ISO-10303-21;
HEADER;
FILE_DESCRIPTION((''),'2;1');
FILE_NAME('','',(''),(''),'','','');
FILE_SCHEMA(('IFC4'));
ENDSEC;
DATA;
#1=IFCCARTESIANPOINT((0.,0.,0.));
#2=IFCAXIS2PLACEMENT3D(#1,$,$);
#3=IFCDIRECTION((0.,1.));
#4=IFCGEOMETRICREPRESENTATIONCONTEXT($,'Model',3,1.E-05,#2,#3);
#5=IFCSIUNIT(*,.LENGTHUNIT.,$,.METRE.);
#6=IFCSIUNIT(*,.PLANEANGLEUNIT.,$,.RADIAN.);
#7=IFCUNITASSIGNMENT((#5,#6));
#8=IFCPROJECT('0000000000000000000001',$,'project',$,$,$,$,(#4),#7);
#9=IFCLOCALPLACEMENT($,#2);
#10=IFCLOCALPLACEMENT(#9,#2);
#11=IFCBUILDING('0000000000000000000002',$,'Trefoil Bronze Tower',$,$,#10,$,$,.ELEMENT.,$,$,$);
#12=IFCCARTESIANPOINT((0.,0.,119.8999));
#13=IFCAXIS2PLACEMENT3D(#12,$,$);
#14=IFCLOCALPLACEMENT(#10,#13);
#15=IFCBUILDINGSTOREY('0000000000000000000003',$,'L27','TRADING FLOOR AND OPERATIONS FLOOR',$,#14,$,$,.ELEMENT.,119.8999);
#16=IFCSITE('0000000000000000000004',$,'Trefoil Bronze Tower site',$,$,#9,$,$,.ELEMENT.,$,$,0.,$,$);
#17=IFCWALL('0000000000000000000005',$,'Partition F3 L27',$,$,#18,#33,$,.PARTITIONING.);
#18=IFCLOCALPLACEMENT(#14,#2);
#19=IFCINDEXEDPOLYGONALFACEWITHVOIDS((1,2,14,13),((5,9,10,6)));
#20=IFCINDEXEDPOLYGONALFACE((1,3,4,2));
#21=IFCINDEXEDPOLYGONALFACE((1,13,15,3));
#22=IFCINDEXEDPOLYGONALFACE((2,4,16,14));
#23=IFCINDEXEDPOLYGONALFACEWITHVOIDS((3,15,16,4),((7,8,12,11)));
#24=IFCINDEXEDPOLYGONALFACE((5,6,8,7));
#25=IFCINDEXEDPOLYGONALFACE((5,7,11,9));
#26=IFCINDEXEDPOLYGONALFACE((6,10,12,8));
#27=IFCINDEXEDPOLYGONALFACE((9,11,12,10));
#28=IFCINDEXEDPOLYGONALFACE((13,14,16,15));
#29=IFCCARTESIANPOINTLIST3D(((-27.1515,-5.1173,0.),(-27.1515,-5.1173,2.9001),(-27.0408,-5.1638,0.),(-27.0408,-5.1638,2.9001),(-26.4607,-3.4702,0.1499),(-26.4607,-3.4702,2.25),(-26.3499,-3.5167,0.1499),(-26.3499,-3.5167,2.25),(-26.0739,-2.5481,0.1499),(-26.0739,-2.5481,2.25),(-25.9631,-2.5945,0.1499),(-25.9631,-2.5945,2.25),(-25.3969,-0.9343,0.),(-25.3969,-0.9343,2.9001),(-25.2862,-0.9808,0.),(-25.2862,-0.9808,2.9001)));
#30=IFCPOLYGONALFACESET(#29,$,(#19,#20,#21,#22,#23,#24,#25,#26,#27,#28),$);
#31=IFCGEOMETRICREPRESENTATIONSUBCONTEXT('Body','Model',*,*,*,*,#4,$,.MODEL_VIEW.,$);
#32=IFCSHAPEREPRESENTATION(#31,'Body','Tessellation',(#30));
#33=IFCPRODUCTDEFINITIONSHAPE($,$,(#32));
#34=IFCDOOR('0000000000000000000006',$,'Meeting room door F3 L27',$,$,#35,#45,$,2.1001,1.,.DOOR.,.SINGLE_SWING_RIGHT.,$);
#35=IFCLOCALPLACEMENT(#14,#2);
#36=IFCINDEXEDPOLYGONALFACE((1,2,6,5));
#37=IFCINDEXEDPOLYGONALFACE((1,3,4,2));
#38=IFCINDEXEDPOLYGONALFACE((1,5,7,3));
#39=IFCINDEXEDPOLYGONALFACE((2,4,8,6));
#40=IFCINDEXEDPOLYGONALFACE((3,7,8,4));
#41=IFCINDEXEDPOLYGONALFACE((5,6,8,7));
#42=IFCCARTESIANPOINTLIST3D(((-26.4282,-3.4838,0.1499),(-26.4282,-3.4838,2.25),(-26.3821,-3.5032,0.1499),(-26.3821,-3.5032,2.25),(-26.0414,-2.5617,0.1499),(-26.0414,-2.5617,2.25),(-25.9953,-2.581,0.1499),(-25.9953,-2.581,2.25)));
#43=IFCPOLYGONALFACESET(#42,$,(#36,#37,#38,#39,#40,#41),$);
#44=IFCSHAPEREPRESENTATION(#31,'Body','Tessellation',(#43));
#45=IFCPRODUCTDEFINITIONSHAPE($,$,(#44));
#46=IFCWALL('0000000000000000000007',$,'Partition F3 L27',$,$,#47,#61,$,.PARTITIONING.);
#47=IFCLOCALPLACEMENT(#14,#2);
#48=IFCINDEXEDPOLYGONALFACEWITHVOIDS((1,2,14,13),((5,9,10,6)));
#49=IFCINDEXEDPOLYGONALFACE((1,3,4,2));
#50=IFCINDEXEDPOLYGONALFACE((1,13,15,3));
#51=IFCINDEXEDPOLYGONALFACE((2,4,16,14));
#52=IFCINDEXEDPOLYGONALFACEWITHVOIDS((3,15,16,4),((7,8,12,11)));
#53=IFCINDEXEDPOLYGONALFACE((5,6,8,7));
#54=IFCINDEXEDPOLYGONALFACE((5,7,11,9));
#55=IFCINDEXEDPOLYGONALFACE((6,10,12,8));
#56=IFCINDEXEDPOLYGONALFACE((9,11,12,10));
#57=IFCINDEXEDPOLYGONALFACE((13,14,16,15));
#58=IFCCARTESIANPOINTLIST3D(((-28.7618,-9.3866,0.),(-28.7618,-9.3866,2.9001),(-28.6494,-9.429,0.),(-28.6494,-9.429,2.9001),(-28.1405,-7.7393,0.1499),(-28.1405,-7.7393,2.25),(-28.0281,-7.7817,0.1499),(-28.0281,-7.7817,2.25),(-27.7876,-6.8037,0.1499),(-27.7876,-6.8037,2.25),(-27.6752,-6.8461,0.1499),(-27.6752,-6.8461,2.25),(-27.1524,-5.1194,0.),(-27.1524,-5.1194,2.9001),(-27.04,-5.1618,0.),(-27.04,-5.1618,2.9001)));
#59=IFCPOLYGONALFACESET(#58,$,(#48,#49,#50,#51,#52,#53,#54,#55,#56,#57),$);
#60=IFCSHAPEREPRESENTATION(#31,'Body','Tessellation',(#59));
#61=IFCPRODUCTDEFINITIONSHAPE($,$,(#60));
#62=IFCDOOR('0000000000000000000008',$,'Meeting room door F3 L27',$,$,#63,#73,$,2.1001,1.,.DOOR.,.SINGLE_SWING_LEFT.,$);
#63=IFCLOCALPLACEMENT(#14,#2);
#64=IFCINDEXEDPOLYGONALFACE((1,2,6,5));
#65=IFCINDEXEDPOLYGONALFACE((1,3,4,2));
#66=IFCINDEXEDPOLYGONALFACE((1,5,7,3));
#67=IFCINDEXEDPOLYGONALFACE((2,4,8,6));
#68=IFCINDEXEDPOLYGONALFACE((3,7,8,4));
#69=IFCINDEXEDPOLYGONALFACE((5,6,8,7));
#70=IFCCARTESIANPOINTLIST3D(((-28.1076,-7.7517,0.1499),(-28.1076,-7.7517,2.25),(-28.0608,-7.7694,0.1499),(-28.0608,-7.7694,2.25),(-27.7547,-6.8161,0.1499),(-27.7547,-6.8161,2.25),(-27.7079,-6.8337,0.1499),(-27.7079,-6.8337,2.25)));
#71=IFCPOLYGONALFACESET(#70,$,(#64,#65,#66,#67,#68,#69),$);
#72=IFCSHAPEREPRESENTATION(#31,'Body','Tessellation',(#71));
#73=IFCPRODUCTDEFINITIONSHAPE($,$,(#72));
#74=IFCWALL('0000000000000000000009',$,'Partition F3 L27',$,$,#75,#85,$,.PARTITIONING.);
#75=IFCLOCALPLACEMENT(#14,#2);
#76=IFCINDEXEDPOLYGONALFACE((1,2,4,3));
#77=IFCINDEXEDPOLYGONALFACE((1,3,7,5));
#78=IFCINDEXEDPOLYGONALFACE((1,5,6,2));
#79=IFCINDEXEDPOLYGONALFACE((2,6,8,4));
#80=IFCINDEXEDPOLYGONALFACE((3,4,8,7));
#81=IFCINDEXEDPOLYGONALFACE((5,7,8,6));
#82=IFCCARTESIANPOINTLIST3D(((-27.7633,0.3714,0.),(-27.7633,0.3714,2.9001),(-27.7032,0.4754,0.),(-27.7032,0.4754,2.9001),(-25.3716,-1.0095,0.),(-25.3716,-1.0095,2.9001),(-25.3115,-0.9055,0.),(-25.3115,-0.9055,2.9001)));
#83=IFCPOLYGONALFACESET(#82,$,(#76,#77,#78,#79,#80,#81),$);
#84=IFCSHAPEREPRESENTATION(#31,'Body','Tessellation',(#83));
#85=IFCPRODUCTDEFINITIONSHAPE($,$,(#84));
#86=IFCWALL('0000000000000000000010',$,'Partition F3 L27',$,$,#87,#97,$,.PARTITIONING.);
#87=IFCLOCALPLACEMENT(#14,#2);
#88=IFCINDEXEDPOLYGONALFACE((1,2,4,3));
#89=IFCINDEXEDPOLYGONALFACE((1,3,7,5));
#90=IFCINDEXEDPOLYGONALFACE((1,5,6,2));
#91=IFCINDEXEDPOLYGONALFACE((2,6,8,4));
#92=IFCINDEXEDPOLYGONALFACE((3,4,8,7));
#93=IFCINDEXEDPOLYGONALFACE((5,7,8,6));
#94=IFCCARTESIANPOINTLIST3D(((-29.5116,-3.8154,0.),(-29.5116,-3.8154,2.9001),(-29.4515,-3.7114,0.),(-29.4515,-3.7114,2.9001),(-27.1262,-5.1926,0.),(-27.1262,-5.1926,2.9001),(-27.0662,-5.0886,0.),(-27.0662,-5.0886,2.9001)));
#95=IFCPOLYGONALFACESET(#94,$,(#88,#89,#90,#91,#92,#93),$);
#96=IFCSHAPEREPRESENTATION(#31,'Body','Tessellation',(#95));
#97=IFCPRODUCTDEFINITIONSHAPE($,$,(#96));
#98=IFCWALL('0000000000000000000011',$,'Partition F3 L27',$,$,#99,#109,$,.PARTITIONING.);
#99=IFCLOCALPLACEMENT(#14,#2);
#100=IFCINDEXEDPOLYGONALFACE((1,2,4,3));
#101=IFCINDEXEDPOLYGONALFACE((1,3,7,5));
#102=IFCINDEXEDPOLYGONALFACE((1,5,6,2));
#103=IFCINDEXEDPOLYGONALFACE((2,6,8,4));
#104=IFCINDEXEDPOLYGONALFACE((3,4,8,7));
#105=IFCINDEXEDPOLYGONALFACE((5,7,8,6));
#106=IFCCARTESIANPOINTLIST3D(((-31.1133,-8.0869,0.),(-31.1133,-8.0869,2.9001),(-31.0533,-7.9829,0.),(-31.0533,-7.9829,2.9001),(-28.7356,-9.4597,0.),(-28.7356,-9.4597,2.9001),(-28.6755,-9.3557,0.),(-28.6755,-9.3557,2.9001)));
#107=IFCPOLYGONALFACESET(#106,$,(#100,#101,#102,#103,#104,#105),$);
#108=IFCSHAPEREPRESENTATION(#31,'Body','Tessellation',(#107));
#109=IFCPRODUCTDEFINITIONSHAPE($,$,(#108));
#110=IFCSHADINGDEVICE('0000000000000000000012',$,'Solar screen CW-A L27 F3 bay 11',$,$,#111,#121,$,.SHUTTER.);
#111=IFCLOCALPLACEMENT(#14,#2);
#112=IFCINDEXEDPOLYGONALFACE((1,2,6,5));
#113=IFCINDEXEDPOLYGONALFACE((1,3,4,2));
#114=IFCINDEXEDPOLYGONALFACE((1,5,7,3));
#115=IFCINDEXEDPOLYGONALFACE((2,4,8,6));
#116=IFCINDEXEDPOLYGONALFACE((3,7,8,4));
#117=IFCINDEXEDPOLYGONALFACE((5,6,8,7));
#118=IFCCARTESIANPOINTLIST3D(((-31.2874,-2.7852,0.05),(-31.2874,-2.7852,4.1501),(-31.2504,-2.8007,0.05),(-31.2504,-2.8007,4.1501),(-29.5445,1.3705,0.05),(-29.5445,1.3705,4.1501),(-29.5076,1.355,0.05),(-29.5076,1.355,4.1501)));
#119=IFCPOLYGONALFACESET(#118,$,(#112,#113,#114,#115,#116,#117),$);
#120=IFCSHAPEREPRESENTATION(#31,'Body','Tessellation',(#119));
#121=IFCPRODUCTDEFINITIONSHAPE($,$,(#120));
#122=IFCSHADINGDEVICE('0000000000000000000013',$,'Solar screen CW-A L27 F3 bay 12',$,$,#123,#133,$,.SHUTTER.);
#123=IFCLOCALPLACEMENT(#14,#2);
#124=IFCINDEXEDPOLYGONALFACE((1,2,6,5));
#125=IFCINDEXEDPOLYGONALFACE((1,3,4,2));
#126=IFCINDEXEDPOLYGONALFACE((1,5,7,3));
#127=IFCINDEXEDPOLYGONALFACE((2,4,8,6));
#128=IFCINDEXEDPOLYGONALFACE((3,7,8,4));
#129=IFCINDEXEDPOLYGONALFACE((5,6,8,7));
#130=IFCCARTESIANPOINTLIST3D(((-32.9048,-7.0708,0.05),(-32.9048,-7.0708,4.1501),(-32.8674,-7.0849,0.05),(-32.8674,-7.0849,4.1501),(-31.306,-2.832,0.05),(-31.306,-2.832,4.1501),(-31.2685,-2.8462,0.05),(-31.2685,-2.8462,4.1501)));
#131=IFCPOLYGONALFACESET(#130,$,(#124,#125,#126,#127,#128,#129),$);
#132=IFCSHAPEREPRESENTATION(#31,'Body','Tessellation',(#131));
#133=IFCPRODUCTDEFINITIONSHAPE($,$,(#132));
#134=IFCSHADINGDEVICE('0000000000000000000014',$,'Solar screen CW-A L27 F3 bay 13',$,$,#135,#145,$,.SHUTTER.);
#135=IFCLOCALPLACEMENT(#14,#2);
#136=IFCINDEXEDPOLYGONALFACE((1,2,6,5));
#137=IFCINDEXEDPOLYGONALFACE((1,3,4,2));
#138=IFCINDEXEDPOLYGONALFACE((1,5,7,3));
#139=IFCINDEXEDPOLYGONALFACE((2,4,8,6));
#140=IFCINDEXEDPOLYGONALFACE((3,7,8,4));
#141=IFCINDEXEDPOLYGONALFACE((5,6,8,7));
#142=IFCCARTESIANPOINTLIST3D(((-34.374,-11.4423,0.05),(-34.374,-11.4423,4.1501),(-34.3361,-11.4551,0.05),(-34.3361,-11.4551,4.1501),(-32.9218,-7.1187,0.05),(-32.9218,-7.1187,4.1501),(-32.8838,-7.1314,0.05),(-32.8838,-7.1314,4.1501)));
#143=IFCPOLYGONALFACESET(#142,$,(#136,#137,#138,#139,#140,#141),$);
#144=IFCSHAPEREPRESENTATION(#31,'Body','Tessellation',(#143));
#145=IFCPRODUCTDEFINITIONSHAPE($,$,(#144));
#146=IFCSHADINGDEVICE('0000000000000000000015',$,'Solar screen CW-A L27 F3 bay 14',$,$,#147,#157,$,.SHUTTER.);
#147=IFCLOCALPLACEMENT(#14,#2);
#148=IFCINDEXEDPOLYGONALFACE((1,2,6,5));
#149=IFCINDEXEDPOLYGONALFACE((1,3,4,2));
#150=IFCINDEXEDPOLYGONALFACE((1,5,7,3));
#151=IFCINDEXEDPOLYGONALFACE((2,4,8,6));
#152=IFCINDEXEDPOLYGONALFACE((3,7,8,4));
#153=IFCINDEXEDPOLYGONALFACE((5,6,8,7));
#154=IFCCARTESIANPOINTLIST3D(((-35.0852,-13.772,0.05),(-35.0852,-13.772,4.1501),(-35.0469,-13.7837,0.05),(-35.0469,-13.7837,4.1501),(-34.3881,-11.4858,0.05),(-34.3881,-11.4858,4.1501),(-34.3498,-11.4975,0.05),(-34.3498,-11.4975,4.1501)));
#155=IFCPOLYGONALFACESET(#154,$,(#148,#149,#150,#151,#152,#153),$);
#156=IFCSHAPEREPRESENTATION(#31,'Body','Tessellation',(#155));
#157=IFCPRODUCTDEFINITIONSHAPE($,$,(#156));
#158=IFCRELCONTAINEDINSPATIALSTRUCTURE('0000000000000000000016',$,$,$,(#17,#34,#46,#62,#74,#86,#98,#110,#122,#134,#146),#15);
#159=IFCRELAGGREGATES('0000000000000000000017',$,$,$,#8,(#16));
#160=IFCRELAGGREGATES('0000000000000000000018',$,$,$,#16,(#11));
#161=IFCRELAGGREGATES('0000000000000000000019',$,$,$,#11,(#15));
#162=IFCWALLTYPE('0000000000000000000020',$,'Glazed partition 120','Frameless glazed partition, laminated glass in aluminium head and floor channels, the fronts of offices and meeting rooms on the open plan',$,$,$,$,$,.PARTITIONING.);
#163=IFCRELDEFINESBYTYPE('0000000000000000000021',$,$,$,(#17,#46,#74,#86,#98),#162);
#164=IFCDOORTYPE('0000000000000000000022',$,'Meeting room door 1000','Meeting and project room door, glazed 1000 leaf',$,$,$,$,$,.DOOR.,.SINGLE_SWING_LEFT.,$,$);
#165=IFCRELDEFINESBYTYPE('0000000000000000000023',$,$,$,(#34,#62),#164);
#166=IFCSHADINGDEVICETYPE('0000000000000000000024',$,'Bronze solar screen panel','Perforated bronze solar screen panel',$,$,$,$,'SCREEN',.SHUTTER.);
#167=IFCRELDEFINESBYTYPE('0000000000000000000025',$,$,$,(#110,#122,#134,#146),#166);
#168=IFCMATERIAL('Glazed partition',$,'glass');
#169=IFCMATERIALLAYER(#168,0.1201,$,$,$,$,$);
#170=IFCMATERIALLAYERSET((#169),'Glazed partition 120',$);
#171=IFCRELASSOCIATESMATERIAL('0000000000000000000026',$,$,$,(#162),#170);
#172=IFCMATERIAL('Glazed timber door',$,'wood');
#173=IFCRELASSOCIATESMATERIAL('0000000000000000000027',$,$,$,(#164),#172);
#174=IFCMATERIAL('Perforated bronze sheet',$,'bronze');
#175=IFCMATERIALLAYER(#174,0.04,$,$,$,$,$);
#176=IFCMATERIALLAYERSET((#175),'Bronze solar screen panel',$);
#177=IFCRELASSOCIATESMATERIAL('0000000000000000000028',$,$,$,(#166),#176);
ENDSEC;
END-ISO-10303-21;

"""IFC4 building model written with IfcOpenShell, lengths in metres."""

from ifc_helpers import new_model, si_unit, direction, frame, frame_2d, origin, origin_2d, place, context, subcontext, project, spatial, rectangle, extrude, material, layer, layer_set, type_object, element, fill, save


model = new_model("IFC4")

# Units and contexts
model_context = context("Model", 3, precision=1e-05, world=origin(), true_north=direction((0.0, 1.0)))
body_context = subcontext(model_context, "Body", "Model", "MODEL_VIEW")
ifc_project = project(units=[si_unit("LENGTHUNIT", "METRE"), si_unit("PLANEANGLEUNIT", "RADIAN")], contexts=[model_context])

# Site, building, storey
site_placement = place(None, origin())
site = spatial("IfcSite", under=ifc_project, at=site_placement, Name="Trefoil Bronze Tower site", CompositionType="ELEMENT", RefElevation=0.0)
building_placement = place(site_placement, origin())
building = spatial("IfcBuilding", under=site, at=building_placement, Name="Trefoil Bronze Tower", CompositionType="ELEMENT")
storey_placement = place(building_placement, frame((0.0, 0.0, 119.8999)))
storey = spatial("IfcBuildingStorey", under=building, at=storey_placement, Name="L27", Description="TRADING FLOOR AND OPERATIONS FLOOR", CompositionType="ELEMENT", Elevation=119.8999)

# Shared definitions
ifc_material_1 = material(Name="Glazed partition", Category="glass")
ifc_layer_1 = layer(ifc_material_1, 0.1201)
ifc_layer_set_1 = layer_set([ifc_layer_1], Name="Glazed partition 120")
wall_type = type_object("IfcWallType", Name="Glazed partition 120", Description="Frameless glazed partition, laminated glass in aluminium head and floor channels, the fronts of offices and meeting rooms on the open plan", PredefinedType="PARTITIONING", material=ifc_layer_set_1)

# Walls, openings, doors
wall_1_placement = place(storey_placement, frame((-25.3416, -0.9575, 0.0), z_axis=(0.0, 0.0, 1.0), x_axis=(-0.386808, -0.92216, 0.0)))
wall_1 = element("IfcWall", 1, at=wall_1_placement, inside=storey, type_object=wall_type, Name="Partition F3 L27", PredefinedType="PARTITIONING", context=body_context, shape_type="SweptSolid", body=[
    extrude(rectangle(XDim=4.5361, YDim=0.1201, at=frame_2d((2.2681, 0.0))), origin(), (0.0, 0.0, 1.0), 2.9001),
])
opening_1_placement = place(wall_1_placement, frame((1.75, 0.0, 0.1499)))
opening_1 = element("IfcOpeningElement", 2, at=opening_1_placement, cuts=wall_1, PredefinedType="OPENING", context=body_context, shape_type="SweptSolid", body=[
    extrude(rectangle(XDim=1.0, YDim=2.1001, at=frame_2d((0.5, 1.05))), frame((0.0, 0.0701, 0.0), z_axis=(0.0, -1.0, 0.0), x_axis=(1.0, 0.0, 0.0)), (0.0, 0.0, 1.0), 0.1401),
])
ifc_material_2 = material(Name="Glazed timber door", Category="wood")
door_type_1 = type_object("IfcDoorType", Name="Meeting room door 1000", Description="Meeting and project room door, glazed 1000 leaf", OperationType="SINGLE_SWING_LEFT", PredefinedType="DOOR", material=ifc_material_2)
door_1_placement = place(opening_1_placement, frame((1.0, 0.0, 0.0), z_axis=(0.0, 0.0, 1.0), x_axis=(-1.0, 0.0, 0.0)))
door_1 = element("IfcDoor", 3, at=door_1_placement, inside=storey, type_object=door_type_1, Name="Meeting room door F3 L27", OperationType="SINGLE_SWING_RIGHT", OverallHeight=2.1001, OverallWidth=1.0, PredefinedType="DOOR", context=body_context, shape_type="SweptSolid", body=[
    extrude(rectangle(XDim=1.0, YDim=2.1001, at=frame_2d((0.5, 1.05))), frame((0.0, 0.0249, 0.0), z_axis=(0.0, -1.0, 0.0), x_axis=(1.0, 0.0, 0.0)), (0.0, 0.0, 1.0), 0.05),
])
fill(opening_1, door_1)
wall_2_placement = place(storey_placement, frame((-27.0962, -5.1406, 0.0), z_axis=(0.0, 0.0, 1.0), x_axis=(-0.352895, -0.935663, 0.0)))
wall_2 = element("IfcWall", 4, at=wall_2_placement, inside=storey, type_object=wall_type, Name="Partition F3 L27", PredefinedType="PARTITIONING", context=body_context, shape_type="SweptSolid", body=[
    extrude(rectangle(XDim=4.5605, YDim=0.1201, at=frame_2d((2.2803, 0.0))), origin(), (0.0, 0.0, 1.0), 2.9001),
])
opening_2_placement = place(wall_2_placement, frame((1.8, 0.0, 0.1499)))
opening_2 = element("IfcOpeningElement", 5, at=opening_2_placement, cuts=wall_2, PredefinedType="OPENING", context=body_context, shape_type="SweptSolid", body=[
    extrude(rectangle(XDim=1.0, YDim=2.1001, at=frame_2d((0.5, 1.05))), frame((0.0, 0.0701, 0.0), z_axis=(0.0, -1.0, 0.0), x_axis=(1.0, 0.0, 0.0)), (0.0, 0.0, 1.0), 0.1401),
])
door_2_placement = place(opening_2_placement, frame((1.0, 0.0, 0.0), z_axis=(0.0, 0.0, 1.0), x_axis=(-1.0, 0.0, 0.0)))
door_2 = element("IfcDoor", 6, at=door_2_placement, inside=storey, type_object=door_type_1, Name="Meeting room door F3 L27", OperationType="SINGLE_SWING_LEFT", OverallHeight=2.1001, OverallWidth=1.0, PredefinedType="DOOR", context=body_context, shape_type="SweptSolid", body=[
    extrude(rectangle(XDim=1.0, YDim=2.1001, at=frame_2d((0.5, 1.05))), frame((0.0, 0.0249, 0.0), z_axis=(0.0, -1.0, 0.0), x_axis=(1.0, 0.0, 0.0)), (0.0, 0.0, 1.0), 0.05),
])
fill(opening_2, door_2)

# Walls
wall_3_placement = place(storey_placement, frame((-25.3416, -0.9575, 0.0), z_axis=(0.0, 0.0, 1.0), x_axis=(-0.866015, 0.500018, 0.0)))
element("IfcWall", 7, at=wall_3_placement, inside=storey, type_object=wall_type, Name="Partition F3 L27", PredefinedType="PARTITIONING", context=body_context, shape_type="SweptSolid", body=[
    extrude(rectangle(XDim=2.7617, YDim=0.1201, at=frame_2d((1.3809, 0.0))), origin(), (0.0, 0.0, 1.0), 2.9001),
])
wall_4_placement = place(storey_placement, frame((-27.0962, -5.1406, 0.0), z_axis=(0.0, 0.0, 1.0), x_axis=(-0.866014, 0.500019, 0.0)))
element("IfcWall", 8, at=wall_4_placement, inside=storey, type_object=wall_type, Name="Partition F3 L27", PredefinedType="PARTITIONING", context=body_context, shape_type="SweptSolid", body=[
    extrude(rectangle(XDim=2.7544, YDim=0.1201, at=frame_2d((1.3772, 0.0))), origin(), (0.0, 0.0, 1.0), 2.9001),
])
wall_5_placement = place(storey_placement, frame((-28.7056, -9.4077, 0.0), z_axis=(0.0, 0.0, 1.0), x_axis=(-0.866018, 0.500012, 0.0)))
element("IfcWall", 9, at=wall_5_placement, inside=storey, type_object=wall_type, Name="Partition F3 L27", PredefinedType="PARTITIONING", context=body_context, shape_type="SweptSolid", body=[
    extrude(rectangle(XDim=2.7456, YDim=0.1201, at=frame_2d((1.3728, 0.0))), origin(), (0.0, 0.0, 1.0), 2.9001),
])

# Shading devices
ifc_material_3 = material(Name="Perforated bronze sheet", Category="bronze")
ifc_layer_2 = layer(ifc_material_3, 0.04)
ifc_layer_set_2 = layer_set([ifc_layer_2], Name="Bronze solar screen panel")
shading_device_type = type_object("IfcShadingDeviceType", Name="Bronze solar screen panel", Description="Perforated bronze solar screen panel", ElementType="SCREEN", PredefinedType="SHUTTER", material=ifc_layer_set_2)
shading_device_1_placement = place(storey_placement, frame((-30.3975, -0.7151, 0.05), z_axis=(0.0, 0.0, 1.0), x_axis=(-0.386759, -0.922181, 0.0)))
element("IfcShadingDevice", 10, at=shading_device_1_placement, inside=storey, type_object=shading_device_type, Name="Solar screen CW-A L27 F3 bay 11", PredefinedType="SHUTTER", context=body_context, shape_type="SweptSolid", body=[
    extrude(rectangle(XDim=4.5063, YDim=0.04, at=origin_2d()), origin(), (0.0, 0.0, 1.0), 4.1001),
])
shading_device_2_placement = place(storey_placement, frame((-32.0867, -4.9585, 0.05), z_axis=(0.0, 0.0, 1.0), x_axis=(-0.35292, -0.935654, 0.0)))
element("IfcShadingDevice", 11, at=shading_device_2_placement, inside=storey, type_object=shading_device_type, Name="Solar screen CW-A L27 F3 bay 12", PredefinedType="SHUTTER", context=body_context, shape_type="SweptSolid", body=[
    extrude(rectangle(XDim=4.5303, YDim=0.04, at=origin_2d()), origin(), (0.0, 0.0, 1.0), 4.1001),
])
shading_device_3_placement = place(storey_placement, frame((-33.6289, -9.2869, 0.05), z_axis=(0.0, 0.0, 1.0), x_axis=(-0.318404, -0.947955, 0.0)))
element("IfcShadingDevice", 12, at=shading_device_3_placement, inside=storey, type_object=shading_device_type, Name="Solar screen CW-A L27 F3 bay 13", PredefinedType="SHUTTER", context=body_context, shape_type="SweptSolid", body=[
    extrude(rectangle(XDim=4.561, YDim=0.04, at=origin_2d()), origin(), (0.0, 0.0, 1.0), 4.1001),
])
shading_device_4_placement = place(storey_placement, frame((-34.7175, -12.6348, 0.05), z_axis=(0.0, 0.0, 1.0), x_axis=(-0.291669, -0.956519, 0.0)))
element("IfcShadingDevice", 13, at=shading_device_4_placement, inside=storey, type_object=shading_device_type, Name="Solar screen CW-A L27 F3 bay 14", PredefinedType="SHUTTER", context=body_context, shape_type="SweptSolid", body=[
    extrude(rectangle(XDim=2.3901, YDim=0.04, at=origin_2d()), origin(), (0.0, 0.0, 1.0), 4.1001),
])

save(model, "model.ifc")
